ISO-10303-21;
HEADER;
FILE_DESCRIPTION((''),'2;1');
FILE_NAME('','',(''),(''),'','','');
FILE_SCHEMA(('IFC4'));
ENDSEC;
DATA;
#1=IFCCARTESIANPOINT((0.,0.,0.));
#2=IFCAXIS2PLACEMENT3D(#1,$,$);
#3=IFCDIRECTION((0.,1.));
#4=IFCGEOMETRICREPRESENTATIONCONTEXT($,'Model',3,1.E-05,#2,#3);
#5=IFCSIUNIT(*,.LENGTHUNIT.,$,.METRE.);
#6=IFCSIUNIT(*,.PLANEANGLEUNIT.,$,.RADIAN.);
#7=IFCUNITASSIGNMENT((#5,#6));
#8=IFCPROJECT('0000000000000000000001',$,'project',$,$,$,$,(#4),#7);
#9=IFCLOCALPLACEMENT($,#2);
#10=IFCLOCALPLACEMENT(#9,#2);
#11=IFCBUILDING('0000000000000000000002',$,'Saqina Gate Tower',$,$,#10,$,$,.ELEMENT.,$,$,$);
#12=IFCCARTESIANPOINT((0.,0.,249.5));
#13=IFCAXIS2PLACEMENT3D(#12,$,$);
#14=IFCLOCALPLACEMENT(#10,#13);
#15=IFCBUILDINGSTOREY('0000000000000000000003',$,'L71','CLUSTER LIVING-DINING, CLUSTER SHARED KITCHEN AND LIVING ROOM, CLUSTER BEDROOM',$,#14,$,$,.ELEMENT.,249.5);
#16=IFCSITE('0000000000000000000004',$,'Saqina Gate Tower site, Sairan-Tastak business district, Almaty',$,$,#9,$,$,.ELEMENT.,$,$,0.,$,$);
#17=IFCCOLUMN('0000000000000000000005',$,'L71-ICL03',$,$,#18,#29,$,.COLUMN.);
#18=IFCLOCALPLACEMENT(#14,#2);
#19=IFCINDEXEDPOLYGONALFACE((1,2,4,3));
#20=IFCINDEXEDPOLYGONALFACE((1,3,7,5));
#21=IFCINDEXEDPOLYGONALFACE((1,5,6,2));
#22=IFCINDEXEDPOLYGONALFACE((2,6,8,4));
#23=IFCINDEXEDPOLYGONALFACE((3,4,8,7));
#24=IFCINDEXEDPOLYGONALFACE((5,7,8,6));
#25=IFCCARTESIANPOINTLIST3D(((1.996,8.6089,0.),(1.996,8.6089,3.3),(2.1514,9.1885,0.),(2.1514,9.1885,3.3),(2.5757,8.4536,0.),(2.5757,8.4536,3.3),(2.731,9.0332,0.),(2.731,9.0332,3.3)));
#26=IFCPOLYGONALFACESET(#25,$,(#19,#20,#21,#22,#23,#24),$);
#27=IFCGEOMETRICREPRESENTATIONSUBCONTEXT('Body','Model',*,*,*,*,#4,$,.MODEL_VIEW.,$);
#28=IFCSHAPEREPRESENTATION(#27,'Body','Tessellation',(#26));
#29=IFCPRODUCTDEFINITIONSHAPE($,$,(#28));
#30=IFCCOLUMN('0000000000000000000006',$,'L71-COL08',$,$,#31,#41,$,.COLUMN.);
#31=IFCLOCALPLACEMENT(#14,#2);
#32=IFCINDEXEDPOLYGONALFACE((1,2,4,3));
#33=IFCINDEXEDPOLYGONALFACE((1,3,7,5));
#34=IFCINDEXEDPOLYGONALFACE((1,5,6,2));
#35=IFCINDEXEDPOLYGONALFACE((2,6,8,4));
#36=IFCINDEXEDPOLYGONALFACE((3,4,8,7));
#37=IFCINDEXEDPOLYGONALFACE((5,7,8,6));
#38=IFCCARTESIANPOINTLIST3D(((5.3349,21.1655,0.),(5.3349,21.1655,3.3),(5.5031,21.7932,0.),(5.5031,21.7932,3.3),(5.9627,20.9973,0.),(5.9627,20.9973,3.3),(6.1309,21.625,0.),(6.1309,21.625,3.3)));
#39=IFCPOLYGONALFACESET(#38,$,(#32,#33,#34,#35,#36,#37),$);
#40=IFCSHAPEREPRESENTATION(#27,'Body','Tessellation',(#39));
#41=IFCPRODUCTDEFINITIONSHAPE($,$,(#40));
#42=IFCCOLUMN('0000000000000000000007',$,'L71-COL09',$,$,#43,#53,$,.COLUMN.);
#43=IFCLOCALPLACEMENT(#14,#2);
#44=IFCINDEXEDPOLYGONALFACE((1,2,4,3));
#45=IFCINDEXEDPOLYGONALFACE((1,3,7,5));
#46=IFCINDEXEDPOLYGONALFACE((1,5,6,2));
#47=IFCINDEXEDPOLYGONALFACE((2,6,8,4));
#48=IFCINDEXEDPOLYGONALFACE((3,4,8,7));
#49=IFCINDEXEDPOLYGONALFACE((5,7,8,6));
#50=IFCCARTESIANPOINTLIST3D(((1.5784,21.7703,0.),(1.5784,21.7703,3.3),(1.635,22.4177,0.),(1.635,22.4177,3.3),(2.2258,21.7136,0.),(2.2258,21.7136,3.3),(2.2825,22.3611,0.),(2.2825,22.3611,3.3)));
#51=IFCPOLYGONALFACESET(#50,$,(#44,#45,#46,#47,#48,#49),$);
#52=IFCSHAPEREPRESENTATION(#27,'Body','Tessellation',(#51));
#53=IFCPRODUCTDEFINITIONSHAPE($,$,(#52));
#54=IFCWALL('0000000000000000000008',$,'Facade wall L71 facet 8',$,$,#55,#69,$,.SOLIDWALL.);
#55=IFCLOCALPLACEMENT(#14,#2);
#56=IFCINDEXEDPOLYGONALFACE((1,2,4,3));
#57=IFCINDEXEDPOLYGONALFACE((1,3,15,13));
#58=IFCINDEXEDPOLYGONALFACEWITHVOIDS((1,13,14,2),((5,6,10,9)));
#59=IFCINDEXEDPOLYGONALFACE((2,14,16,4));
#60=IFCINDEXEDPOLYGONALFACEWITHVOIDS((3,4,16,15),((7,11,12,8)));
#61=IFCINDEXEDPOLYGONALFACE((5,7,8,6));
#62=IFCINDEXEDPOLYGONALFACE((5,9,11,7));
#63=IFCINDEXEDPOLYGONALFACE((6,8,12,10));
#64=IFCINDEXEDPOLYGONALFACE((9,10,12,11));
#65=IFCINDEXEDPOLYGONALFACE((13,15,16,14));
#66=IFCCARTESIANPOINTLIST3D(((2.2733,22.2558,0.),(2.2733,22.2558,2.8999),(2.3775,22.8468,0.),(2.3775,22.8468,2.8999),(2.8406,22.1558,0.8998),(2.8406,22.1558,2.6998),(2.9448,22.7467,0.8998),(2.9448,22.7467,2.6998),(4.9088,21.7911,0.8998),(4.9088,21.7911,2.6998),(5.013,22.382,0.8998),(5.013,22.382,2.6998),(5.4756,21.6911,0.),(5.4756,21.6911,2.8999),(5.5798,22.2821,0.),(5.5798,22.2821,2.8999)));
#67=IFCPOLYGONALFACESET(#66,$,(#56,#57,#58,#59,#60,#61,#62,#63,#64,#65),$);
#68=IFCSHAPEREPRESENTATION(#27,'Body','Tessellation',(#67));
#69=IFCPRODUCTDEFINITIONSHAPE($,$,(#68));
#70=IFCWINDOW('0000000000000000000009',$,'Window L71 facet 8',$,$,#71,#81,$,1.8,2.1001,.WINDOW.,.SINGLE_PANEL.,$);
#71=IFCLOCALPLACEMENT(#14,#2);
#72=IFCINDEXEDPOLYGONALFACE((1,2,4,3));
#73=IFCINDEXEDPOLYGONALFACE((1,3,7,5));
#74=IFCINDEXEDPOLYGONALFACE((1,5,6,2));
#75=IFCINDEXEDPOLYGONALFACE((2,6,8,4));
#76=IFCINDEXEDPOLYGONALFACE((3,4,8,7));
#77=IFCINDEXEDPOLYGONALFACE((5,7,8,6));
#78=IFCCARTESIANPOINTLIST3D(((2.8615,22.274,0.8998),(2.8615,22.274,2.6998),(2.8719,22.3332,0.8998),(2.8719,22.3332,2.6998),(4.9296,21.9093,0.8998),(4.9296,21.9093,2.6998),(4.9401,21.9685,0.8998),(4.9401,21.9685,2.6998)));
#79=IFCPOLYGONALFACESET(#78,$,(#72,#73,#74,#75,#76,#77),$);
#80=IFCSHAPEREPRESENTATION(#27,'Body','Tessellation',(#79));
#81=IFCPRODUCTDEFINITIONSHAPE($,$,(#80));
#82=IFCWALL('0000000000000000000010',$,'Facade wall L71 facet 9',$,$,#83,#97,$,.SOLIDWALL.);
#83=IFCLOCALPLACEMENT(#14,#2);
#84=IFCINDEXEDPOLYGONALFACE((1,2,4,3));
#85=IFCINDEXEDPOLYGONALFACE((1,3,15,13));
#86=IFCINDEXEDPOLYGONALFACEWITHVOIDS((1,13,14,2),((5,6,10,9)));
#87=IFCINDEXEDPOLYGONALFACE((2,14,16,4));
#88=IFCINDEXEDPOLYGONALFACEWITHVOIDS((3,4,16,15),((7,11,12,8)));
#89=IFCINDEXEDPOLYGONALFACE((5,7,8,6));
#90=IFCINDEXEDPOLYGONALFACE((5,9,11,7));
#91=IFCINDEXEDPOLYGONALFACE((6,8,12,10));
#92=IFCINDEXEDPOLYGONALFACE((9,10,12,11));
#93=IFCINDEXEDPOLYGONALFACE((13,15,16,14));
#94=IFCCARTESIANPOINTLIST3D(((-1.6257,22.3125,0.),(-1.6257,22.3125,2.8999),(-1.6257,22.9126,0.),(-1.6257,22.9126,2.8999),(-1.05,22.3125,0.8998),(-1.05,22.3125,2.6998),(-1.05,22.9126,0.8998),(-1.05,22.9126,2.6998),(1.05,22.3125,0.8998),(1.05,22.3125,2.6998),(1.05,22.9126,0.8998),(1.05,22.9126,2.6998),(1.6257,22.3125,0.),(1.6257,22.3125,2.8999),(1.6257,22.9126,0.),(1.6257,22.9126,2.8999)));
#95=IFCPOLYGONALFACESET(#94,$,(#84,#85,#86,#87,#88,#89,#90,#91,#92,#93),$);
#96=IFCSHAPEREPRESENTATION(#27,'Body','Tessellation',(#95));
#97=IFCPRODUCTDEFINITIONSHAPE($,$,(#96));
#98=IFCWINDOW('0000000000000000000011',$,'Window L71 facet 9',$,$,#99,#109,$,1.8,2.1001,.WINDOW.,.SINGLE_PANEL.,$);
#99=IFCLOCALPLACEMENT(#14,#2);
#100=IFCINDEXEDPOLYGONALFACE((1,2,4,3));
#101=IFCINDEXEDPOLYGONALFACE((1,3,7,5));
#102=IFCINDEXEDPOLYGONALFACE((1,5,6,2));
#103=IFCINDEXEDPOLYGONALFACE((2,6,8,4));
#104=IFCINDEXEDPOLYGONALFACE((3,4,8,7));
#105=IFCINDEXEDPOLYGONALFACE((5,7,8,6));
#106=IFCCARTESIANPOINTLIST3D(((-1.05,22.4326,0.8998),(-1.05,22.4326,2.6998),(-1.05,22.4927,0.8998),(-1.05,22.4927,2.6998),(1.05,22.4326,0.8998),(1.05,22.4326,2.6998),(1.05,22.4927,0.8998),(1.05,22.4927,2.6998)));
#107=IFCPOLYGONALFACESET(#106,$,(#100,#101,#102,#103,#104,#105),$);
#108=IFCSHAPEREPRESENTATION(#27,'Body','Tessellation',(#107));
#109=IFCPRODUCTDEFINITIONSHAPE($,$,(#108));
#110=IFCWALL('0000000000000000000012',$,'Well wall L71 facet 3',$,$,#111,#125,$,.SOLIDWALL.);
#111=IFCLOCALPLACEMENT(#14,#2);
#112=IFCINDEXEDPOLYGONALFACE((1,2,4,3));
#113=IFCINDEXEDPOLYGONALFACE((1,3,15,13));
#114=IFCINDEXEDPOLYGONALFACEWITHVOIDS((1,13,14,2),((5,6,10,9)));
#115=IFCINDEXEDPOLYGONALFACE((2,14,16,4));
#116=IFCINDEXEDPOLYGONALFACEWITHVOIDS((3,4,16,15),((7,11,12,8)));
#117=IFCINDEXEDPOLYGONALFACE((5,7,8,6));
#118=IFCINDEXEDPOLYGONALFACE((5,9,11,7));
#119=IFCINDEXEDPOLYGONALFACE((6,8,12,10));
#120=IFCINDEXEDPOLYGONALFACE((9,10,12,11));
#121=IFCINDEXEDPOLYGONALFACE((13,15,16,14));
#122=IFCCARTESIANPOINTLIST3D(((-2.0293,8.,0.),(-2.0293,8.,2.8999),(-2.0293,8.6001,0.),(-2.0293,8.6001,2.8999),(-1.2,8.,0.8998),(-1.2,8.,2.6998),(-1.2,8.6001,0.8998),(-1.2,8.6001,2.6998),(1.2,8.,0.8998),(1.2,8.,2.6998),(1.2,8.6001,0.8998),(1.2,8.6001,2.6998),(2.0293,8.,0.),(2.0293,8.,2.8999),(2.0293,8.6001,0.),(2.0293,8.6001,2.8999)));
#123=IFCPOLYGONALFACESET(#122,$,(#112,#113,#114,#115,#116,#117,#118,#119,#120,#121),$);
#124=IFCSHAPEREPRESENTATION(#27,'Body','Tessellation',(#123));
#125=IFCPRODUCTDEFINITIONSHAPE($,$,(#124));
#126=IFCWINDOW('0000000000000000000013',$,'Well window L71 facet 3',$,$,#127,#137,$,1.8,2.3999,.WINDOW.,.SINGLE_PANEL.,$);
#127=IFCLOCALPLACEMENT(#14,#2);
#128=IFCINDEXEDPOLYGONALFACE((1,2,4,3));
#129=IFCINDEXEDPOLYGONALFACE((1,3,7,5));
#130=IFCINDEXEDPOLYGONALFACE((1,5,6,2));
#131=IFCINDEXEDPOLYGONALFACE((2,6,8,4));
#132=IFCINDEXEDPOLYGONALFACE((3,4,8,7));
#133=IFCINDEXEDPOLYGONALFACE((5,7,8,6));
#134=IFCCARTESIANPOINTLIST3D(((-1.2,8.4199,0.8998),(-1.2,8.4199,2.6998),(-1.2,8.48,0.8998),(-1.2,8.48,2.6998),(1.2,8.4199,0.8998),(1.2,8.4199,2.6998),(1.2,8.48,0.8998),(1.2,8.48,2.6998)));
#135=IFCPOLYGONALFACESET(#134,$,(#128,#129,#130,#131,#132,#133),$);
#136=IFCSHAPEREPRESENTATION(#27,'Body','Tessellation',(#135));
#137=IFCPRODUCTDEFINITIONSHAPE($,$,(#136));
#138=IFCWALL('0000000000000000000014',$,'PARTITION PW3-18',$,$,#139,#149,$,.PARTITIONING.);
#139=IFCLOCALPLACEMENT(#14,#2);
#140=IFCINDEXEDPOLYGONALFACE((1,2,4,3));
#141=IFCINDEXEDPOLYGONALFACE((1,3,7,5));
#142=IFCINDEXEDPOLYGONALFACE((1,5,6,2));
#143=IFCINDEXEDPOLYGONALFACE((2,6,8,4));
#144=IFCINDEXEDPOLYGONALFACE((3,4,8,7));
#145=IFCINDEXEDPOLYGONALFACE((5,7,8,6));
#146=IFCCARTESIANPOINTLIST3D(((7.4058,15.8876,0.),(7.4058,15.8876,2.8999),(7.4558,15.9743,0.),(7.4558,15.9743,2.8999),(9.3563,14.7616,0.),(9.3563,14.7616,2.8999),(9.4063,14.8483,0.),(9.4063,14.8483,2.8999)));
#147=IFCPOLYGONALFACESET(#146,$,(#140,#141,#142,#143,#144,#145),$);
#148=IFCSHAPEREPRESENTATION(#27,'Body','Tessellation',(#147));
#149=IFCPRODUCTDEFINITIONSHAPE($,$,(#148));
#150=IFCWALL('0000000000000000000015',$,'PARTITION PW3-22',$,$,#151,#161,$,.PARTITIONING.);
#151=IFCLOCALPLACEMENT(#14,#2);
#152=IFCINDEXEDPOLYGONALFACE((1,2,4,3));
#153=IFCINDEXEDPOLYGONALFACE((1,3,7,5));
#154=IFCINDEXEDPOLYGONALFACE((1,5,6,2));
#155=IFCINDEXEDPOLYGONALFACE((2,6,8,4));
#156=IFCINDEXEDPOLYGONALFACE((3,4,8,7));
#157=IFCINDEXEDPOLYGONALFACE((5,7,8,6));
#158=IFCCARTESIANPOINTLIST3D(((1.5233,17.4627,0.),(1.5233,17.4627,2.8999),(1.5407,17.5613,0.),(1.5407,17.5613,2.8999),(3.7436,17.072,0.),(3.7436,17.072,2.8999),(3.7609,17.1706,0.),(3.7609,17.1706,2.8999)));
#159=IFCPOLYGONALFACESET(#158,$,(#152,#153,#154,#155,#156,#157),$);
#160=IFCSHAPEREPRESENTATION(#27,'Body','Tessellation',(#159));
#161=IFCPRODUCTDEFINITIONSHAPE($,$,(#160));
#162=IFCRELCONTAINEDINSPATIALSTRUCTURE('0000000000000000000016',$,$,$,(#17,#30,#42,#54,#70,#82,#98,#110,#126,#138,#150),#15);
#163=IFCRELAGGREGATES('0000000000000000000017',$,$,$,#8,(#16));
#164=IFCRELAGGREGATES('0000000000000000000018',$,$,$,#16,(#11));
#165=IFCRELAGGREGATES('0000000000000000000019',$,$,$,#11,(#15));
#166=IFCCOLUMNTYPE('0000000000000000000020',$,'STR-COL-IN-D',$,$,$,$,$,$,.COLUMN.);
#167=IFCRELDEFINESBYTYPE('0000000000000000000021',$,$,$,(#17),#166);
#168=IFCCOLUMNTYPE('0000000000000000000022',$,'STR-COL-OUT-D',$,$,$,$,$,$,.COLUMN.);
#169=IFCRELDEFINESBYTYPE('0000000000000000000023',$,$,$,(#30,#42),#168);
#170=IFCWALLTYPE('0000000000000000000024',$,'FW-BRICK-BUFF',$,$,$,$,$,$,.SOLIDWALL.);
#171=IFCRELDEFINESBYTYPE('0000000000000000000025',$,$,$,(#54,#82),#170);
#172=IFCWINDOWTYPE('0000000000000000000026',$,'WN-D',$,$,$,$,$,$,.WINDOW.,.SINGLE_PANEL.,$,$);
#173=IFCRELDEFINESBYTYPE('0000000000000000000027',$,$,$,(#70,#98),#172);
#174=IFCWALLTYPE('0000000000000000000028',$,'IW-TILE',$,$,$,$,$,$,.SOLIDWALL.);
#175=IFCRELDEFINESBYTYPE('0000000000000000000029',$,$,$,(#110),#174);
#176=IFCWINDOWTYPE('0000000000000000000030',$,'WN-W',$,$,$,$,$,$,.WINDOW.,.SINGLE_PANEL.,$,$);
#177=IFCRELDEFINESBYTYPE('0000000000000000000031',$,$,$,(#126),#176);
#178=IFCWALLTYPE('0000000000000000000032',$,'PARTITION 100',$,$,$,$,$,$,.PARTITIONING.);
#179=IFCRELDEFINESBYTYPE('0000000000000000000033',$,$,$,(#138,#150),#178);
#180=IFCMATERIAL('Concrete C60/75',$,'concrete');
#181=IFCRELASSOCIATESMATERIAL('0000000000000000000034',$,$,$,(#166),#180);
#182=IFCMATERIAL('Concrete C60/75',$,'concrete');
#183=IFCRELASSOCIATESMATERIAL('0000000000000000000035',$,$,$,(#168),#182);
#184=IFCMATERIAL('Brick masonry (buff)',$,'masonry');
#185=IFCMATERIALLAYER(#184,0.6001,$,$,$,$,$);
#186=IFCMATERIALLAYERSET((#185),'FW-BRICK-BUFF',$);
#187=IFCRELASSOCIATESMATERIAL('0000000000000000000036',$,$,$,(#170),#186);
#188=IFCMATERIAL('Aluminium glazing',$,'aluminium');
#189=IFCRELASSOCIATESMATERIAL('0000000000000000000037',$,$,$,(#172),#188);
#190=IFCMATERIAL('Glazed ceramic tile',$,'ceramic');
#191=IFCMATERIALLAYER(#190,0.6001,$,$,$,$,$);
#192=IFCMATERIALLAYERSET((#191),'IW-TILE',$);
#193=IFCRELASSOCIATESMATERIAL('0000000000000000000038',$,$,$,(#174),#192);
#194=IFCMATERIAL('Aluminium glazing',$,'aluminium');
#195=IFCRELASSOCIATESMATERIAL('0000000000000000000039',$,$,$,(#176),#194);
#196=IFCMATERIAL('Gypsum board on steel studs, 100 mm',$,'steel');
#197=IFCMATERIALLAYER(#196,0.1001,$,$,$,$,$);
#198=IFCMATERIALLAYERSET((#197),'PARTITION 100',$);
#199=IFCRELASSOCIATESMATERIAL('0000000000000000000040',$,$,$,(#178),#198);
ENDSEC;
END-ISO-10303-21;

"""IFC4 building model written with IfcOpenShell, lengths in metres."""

from ifc_helpers import new_model, si_unit, direction, frame, frame_2d, origin, origin_2d, place, context, subcontext, project, spatial, rectangle, extrude, material, layer, layer_set, material_profile, profile_set, type_object, element, fill, save


model = new_model("IFC4")

# Units and contexts
model_context = context("Model", 3, precision=1e-05, world=origin(), true_north=direction((0.0, 1.0)))
body_context = subcontext(model_context, "Body", "Model", "MODEL_VIEW")
ifc_project = project(units=[si_unit("LENGTHUNIT", "METRE"), si_unit("PLANEANGLEUNIT", "RADIAN")], contexts=[model_context])

# Site, building, storey
site_placement = place(None, origin())
site = spatial("IfcSite", under=ifc_project, at=site_placement, Name="Saqina Gate Tower site, Sairan-Tastak business district, Almaty", CompositionType="ELEMENT", RefElevation=0.0)
building_placement = place(site_placement, origin())
building = spatial("IfcBuilding", under=site, at=building_placement, Name="Saqina Gate Tower", CompositionType="ELEMENT")
storey_placement = place(building_placement, frame((0.0, 0.0, 249.5)))
storey = spatial("IfcBuildingStorey", under=building, at=storey_placement, Name="L71", Description="CLUSTER LIVING-DINING, CLUSTER SHARED KITCHEN AND LIVING ROOM, CLUSTER BEDROOM", CompositionType="ELEMENT", Elevation=249.5)

# Columns
ifc_material_1 = material(Name="Concrete C60/75", Category="concrete")
ifc_material_profile_1 = material_profile(ifc_material_1, rectangle(XDim=0.6001, YDim=0.6001, at=origin_2d()), Name="RC 600x600")
ifc_profile_set_1 = profile_set([ifc_material_profile_1], Name="Concrete C60/75")
column_type_1 = type_object("IfcColumnType", Name="STR-COL-IN-D", PredefinedType="COLUMN", material=ifc_profile_set_1)
column_placement = place(storey_placement, frame((2.3635, 8.821, 0.0), z_axis=(0.0, 0.0, 1.0), x_axis=(0.258819, 0.965926, 0.0)))
element("IfcColumn", 1, at=column_placement, inside=storey, type_object=column_type_1, Name="L71-ICL03", PredefinedType="COLUMN", context=body_context, shape_type="SweptSolid", body=[
    extrude(rectangle(XDim=0.6001, YDim=0.6001, at=origin_2d()), origin(), (0.0, 0.0, 1.0), 3.3),
])
ifc_material_2 = material(Name="Concrete C60/75", Category="concrete")
ifc_material_profile_2 = material_profile(ifc_material_2, rectangle(XDim=0.6499, YDim=0.6499, at=origin_2d()), Name="RC 650x650")
ifc_profile_set_2 = profile_set([ifc_material_profile_2], Name="Concrete C60/75")
column_type_2 = type_object("IfcColumnType", Name="STR-COL-OUT-D", PredefinedType="COLUMN", material=ifc_profile_set_2)
for number, where, z_axis, x_axis, name in (
    (2, (5.7329, 21.3953, 0.0), (0.0, 0.0, 1.0), (0.258819, 0.965926, 0.0), "L71-COL08"),
    (3, (1.9304, 22.0657, 0.0), (0.0, 0.0, 1.0), (0.087156, 0.996195, 0.0), "L71-COL09"),
):
    element("IfcColumn", number, at=place(storey_placement, frame(where, z_axis=z_axis, x_axis=x_axis)), inside=storey, type_object=column_type_2, Name=name, PredefinedType="COLUMN", context=body_context, shape_type="SweptSolid", body=[
        extrude(rectangle(XDim=0.6499, YDim=0.6499, at=origin_2d()), origin(), (0.0, 0.0, 1.0), 3.3),
    ])

# Walls, openings, windows
ifc_material_3 = material(Name="Brick masonry (buff)", Category="masonry")
ifc_layer_1 = layer(ifc_material_3, 0.6001)
ifc_layer_set_1 = layer_set([ifc_layer_1], Name="FW-BRICK-BUFF")
wall_type_1 = type_object("IfcWallType", Name="FW-BRICK-BUFF", PredefinedType="SOLIDWALL", material=ifc_layer_set_1)
wall_1_placement = place(storey_placement, frame((5.5278, 21.9866, 0.0), z_axis=(0.0, 0.0, 1.0), x_axis=(-0.984806, 0.173657, 0.0)))
wall_1 = element("IfcWall", 4, at=wall_1_placement, inside=storey, type_object=wall_type_1, Name="Facade wall L71 facet 8", PredefinedType="SOLIDWALL", context=body_context, shape_type="SweptSolid", body=[
    extrude(rectangle(XDim=3.2517, YDim=0.6001, at=frame_2d((1.626, 0.0))), origin(), (0.0, 0.0, 1.0), 2.8999),
])
opening_1_placement = place(wall_1_placement, frame((0.5757, 0.0, 0.8999)))
opening_1 = element("IfcOpeningElement", 5, at=opening_1_placement, cuts=wall_1, PredefinedType="OPENING", context=body_context, shape_type="SweptSolid", body=[
    extrude(rectangle(XDim=2.1001, YDim=1.8, at=frame_2d((1.05, 0.8999))), frame((0.0, 0.312, 0.0), z_axis=(0.0, -1.0, 0.0), x_axis=(1.0, 0.0, 0.0)), (0.0, 0.0, 1.0), 0.624),
])
ifc_material_4 = material(Name="Aluminium glazing", Category="aluminium")
window_type_1 = type_object("IfcWindowType", Name="WN-D", PartitioningType="SINGLE_PANEL", PredefinedType="WINDOW", material=ifc_material_4)
window_1_placement = place(opening_1_placement, origin())
window_1 = element("IfcWindow", 6, at=window_1_placement, inside=storey, type_object=window_type_1, Name="Window L71 facet 8", OverallHeight=1.8, OverallWidth=2.1001, PartitioningType="SINGLE_PANEL", PredefinedType="WINDOW", context=body_context, shape_type="SweptSolid", body=[
    extrude(rectangle(XDim=2.1001, YDim=1.8, at=frame_2d((1.05, 0.8999))), frame((0.0, 0.1799, 0.0), z_axis=(0.0, -1.0, 0.0), x_axis=(1.0, 0.0, 0.0)), (0.0, 0.0, 1.0), 0.0601),
])
fill(opening_1, window_1)
wall_2_placement = place(storey_placement, frame((1.6257, 22.6125, 0.0), z_axis=(0.0, 0.0, 1.0), x_axis=(-1.0, 0.0, 0.0)))
wall_2 = element("IfcWall", 7, at=wall_2_placement, inside=storey, type_object=wall_type_1, Name="Facade wall L71 facet 9", PredefinedType="SOLIDWALL", context=body_context, shape_type="SweptSolid", body=[
    extrude(rectangle(XDim=3.2515, YDim=0.6001, at=frame_2d((1.6257, 0.0))), origin(), (0.0, 0.0, 1.0), 2.8999),
])
opening_2_placement = place(wall_2_placement, frame((0.5757, 0.0, 0.8999)))
opening_2 = element("IfcOpeningElement", 8, at=opening_2_placement, cuts=wall_2, PredefinedType="OPENING", context=body_context, shape_type="SweptSolid", body=[
    extrude(rectangle(XDim=2.1001, YDim=1.8, at=frame_2d((1.05, 0.8999))), frame((0.0, 0.312, 0.0), z_axis=(0.0, -1.0, 0.0), x_axis=(1.0, 0.0, 0.0)), (0.0, 0.0, 1.0), 0.624),
])
window_2_placement = place(opening_2_placement, origin())
window_2 = element("IfcWindow", 9, at=window_2_placement, inside=storey, type_object=window_type_1, Name="Window L71 facet 9", OverallHeight=1.8, OverallWidth=2.1001, PartitioningType="SINGLE_PANEL", PredefinedType="WINDOW", context=body_context, shape_type="SweptSolid", body=[
    extrude(rectangle(XDim=2.1001, YDim=1.8, at=frame_2d((1.05, 0.8999))), frame((0.0, 0.1799, 0.0), z_axis=(0.0, -1.0, 0.0), x_axis=(1.0, 0.0, 0.0)), (0.0, 0.0, 1.0), 0.0601),
])
fill(opening_2, window_2)
ifc_material_5 = material(Name="Glazed ceramic tile", Category="ceramic")
ifc_layer_2 = layer(ifc_material_5, 0.6001)
ifc_layer_set_2 = layer_set([ifc_layer_2], Name="IW-TILE")
wall_type_2 = type_object("IfcWallType", Name="IW-TILE", PredefinedType="SOLIDWALL", material=ifc_layer_set_2)
wall_3_placement = place(storey_placement, frame((2.0293, 8.3, 0.0), z_axis=(0.0, 0.0, 1.0), x_axis=(-1.0, 0.0, 0.0)))
wall_3 = element("IfcWall", 10, at=wall_3_placement, inside=storey, type_object=wall_type_2, Name="Well wall L71 facet 3", PredefinedType="SOLIDWALL", context=body_context, shape_type="SweptSolid", body=[
    extrude(rectangle(XDim=4.0586, YDim=0.6001, at=frame_2d((2.0293, 0.0))), origin(), (0.0, 0.0, 1.0), 2.8999),
])
opening_3_placement = place(wall_3_placement, frame((0.8293, 0.0, 0.8999)))
opening_3 = element("IfcOpeningElement", 11, at=opening_3_placement, cuts=wall_3, PredefinedType="OPENING", context=body_context, shape_type="SweptSolid", body=[
    extrude(rectangle(XDim=2.3999, YDim=1.8, at=frame_2d((1.2, 0.8999))), frame((0.0, 0.312, 0.0), z_axis=(0.0, -1.0, 0.0), x_axis=(1.0, 0.0, 0.0)), (0.0, 0.0, 1.0), 0.624),
])
ifc_material_6 = material(Name="Aluminium glazing", Category="aluminium")
window_type_2 = type_object("IfcWindowType", Name="WN-W", PartitioningType="SINGLE_PANEL", PredefinedType="WINDOW", material=ifc_material_6)
window_3_placement = place(opening_3_placement, origin())
window_3 = element("IfcWindow", 12, at=window_3_placement, inside=storey, type_object=window_type_2, Name="Well window L71 facet 3", OverallHeight=1.8, OverallWidth=2.3999, PartitioningType="SINGLE_PANEL", PredefinedType="WINDOW", context=body_context, shape_type="SweptSolid", body=[
    extrude(rectangle(XDim=2.3999, YDim=1.8, at=frame_2d((1.2, 0.8999))), frame((0.0, -0.1199, 0.0), z_axis=(0.0, -1.0, 0.0), x_axis=(1.0, 0.0, 0.0)), (0.0, 0.0, 1.0), 0.0601),
])
fill(opening_3, window_3)

# Walls
ifc_material_7 = material(Name="Gypsum board on steel studs, 100 mm", Category="steel")
ifc_layer_3 = layer(ifc_material_7, 0.1001)
ifc_layer_set_3 = layer_set([ifc_layer_3], Name="PARTITION 100")
wall_type_3 = type_object("IfcWallType", Name="PARTITION 100", PredefinedType="PARTITIONING", material=ifc_layer_set_3)
wall_4_placement = place(storey_placement, frame((7.4309, 15.9309, 0.0), z_axis=(0.0, 0.0, 1.0), x_axis=(0.866047, -0.499963, 0.0)))
element("IfcWall", 13, at=wall_4_placement, inside=storey, type_object=wall_type_3, Name="PARTITION PW3-18", PredefinedType="PARTITIONING", context=body_context, shape_type="SweptSolid", body=[
    extrude(rectangle(XDim=2.2522, YDim=0.1001, at=frame_2d((1.126, 0.0))), origin(), (0.0, 0.0, 1.0), 2.8999),
])
wall_5_placement = place(storey_placement, frame((1.532, 17.512, 0.0), z_axis=(0.0, 0.0, 1.0), x_axis=(0.984873, -0.173279, 0.0)))
element("IfcWall", 14, at=wall_5_placement, inside=storey, type_object=wall_type_3, Name="PARTITION PW3-22", PredefinedType="PARTITIONING", context=body_context, shape_type="SweptSolid", body=[
    extrude(rectangle(XDim=2.2544, YDim=0.1001, at=frame_2d((1.1272, 0.0))), origin(), (0.0, 0.0, 1.0), 2.8999),
])

save(model, "model.ifc")
